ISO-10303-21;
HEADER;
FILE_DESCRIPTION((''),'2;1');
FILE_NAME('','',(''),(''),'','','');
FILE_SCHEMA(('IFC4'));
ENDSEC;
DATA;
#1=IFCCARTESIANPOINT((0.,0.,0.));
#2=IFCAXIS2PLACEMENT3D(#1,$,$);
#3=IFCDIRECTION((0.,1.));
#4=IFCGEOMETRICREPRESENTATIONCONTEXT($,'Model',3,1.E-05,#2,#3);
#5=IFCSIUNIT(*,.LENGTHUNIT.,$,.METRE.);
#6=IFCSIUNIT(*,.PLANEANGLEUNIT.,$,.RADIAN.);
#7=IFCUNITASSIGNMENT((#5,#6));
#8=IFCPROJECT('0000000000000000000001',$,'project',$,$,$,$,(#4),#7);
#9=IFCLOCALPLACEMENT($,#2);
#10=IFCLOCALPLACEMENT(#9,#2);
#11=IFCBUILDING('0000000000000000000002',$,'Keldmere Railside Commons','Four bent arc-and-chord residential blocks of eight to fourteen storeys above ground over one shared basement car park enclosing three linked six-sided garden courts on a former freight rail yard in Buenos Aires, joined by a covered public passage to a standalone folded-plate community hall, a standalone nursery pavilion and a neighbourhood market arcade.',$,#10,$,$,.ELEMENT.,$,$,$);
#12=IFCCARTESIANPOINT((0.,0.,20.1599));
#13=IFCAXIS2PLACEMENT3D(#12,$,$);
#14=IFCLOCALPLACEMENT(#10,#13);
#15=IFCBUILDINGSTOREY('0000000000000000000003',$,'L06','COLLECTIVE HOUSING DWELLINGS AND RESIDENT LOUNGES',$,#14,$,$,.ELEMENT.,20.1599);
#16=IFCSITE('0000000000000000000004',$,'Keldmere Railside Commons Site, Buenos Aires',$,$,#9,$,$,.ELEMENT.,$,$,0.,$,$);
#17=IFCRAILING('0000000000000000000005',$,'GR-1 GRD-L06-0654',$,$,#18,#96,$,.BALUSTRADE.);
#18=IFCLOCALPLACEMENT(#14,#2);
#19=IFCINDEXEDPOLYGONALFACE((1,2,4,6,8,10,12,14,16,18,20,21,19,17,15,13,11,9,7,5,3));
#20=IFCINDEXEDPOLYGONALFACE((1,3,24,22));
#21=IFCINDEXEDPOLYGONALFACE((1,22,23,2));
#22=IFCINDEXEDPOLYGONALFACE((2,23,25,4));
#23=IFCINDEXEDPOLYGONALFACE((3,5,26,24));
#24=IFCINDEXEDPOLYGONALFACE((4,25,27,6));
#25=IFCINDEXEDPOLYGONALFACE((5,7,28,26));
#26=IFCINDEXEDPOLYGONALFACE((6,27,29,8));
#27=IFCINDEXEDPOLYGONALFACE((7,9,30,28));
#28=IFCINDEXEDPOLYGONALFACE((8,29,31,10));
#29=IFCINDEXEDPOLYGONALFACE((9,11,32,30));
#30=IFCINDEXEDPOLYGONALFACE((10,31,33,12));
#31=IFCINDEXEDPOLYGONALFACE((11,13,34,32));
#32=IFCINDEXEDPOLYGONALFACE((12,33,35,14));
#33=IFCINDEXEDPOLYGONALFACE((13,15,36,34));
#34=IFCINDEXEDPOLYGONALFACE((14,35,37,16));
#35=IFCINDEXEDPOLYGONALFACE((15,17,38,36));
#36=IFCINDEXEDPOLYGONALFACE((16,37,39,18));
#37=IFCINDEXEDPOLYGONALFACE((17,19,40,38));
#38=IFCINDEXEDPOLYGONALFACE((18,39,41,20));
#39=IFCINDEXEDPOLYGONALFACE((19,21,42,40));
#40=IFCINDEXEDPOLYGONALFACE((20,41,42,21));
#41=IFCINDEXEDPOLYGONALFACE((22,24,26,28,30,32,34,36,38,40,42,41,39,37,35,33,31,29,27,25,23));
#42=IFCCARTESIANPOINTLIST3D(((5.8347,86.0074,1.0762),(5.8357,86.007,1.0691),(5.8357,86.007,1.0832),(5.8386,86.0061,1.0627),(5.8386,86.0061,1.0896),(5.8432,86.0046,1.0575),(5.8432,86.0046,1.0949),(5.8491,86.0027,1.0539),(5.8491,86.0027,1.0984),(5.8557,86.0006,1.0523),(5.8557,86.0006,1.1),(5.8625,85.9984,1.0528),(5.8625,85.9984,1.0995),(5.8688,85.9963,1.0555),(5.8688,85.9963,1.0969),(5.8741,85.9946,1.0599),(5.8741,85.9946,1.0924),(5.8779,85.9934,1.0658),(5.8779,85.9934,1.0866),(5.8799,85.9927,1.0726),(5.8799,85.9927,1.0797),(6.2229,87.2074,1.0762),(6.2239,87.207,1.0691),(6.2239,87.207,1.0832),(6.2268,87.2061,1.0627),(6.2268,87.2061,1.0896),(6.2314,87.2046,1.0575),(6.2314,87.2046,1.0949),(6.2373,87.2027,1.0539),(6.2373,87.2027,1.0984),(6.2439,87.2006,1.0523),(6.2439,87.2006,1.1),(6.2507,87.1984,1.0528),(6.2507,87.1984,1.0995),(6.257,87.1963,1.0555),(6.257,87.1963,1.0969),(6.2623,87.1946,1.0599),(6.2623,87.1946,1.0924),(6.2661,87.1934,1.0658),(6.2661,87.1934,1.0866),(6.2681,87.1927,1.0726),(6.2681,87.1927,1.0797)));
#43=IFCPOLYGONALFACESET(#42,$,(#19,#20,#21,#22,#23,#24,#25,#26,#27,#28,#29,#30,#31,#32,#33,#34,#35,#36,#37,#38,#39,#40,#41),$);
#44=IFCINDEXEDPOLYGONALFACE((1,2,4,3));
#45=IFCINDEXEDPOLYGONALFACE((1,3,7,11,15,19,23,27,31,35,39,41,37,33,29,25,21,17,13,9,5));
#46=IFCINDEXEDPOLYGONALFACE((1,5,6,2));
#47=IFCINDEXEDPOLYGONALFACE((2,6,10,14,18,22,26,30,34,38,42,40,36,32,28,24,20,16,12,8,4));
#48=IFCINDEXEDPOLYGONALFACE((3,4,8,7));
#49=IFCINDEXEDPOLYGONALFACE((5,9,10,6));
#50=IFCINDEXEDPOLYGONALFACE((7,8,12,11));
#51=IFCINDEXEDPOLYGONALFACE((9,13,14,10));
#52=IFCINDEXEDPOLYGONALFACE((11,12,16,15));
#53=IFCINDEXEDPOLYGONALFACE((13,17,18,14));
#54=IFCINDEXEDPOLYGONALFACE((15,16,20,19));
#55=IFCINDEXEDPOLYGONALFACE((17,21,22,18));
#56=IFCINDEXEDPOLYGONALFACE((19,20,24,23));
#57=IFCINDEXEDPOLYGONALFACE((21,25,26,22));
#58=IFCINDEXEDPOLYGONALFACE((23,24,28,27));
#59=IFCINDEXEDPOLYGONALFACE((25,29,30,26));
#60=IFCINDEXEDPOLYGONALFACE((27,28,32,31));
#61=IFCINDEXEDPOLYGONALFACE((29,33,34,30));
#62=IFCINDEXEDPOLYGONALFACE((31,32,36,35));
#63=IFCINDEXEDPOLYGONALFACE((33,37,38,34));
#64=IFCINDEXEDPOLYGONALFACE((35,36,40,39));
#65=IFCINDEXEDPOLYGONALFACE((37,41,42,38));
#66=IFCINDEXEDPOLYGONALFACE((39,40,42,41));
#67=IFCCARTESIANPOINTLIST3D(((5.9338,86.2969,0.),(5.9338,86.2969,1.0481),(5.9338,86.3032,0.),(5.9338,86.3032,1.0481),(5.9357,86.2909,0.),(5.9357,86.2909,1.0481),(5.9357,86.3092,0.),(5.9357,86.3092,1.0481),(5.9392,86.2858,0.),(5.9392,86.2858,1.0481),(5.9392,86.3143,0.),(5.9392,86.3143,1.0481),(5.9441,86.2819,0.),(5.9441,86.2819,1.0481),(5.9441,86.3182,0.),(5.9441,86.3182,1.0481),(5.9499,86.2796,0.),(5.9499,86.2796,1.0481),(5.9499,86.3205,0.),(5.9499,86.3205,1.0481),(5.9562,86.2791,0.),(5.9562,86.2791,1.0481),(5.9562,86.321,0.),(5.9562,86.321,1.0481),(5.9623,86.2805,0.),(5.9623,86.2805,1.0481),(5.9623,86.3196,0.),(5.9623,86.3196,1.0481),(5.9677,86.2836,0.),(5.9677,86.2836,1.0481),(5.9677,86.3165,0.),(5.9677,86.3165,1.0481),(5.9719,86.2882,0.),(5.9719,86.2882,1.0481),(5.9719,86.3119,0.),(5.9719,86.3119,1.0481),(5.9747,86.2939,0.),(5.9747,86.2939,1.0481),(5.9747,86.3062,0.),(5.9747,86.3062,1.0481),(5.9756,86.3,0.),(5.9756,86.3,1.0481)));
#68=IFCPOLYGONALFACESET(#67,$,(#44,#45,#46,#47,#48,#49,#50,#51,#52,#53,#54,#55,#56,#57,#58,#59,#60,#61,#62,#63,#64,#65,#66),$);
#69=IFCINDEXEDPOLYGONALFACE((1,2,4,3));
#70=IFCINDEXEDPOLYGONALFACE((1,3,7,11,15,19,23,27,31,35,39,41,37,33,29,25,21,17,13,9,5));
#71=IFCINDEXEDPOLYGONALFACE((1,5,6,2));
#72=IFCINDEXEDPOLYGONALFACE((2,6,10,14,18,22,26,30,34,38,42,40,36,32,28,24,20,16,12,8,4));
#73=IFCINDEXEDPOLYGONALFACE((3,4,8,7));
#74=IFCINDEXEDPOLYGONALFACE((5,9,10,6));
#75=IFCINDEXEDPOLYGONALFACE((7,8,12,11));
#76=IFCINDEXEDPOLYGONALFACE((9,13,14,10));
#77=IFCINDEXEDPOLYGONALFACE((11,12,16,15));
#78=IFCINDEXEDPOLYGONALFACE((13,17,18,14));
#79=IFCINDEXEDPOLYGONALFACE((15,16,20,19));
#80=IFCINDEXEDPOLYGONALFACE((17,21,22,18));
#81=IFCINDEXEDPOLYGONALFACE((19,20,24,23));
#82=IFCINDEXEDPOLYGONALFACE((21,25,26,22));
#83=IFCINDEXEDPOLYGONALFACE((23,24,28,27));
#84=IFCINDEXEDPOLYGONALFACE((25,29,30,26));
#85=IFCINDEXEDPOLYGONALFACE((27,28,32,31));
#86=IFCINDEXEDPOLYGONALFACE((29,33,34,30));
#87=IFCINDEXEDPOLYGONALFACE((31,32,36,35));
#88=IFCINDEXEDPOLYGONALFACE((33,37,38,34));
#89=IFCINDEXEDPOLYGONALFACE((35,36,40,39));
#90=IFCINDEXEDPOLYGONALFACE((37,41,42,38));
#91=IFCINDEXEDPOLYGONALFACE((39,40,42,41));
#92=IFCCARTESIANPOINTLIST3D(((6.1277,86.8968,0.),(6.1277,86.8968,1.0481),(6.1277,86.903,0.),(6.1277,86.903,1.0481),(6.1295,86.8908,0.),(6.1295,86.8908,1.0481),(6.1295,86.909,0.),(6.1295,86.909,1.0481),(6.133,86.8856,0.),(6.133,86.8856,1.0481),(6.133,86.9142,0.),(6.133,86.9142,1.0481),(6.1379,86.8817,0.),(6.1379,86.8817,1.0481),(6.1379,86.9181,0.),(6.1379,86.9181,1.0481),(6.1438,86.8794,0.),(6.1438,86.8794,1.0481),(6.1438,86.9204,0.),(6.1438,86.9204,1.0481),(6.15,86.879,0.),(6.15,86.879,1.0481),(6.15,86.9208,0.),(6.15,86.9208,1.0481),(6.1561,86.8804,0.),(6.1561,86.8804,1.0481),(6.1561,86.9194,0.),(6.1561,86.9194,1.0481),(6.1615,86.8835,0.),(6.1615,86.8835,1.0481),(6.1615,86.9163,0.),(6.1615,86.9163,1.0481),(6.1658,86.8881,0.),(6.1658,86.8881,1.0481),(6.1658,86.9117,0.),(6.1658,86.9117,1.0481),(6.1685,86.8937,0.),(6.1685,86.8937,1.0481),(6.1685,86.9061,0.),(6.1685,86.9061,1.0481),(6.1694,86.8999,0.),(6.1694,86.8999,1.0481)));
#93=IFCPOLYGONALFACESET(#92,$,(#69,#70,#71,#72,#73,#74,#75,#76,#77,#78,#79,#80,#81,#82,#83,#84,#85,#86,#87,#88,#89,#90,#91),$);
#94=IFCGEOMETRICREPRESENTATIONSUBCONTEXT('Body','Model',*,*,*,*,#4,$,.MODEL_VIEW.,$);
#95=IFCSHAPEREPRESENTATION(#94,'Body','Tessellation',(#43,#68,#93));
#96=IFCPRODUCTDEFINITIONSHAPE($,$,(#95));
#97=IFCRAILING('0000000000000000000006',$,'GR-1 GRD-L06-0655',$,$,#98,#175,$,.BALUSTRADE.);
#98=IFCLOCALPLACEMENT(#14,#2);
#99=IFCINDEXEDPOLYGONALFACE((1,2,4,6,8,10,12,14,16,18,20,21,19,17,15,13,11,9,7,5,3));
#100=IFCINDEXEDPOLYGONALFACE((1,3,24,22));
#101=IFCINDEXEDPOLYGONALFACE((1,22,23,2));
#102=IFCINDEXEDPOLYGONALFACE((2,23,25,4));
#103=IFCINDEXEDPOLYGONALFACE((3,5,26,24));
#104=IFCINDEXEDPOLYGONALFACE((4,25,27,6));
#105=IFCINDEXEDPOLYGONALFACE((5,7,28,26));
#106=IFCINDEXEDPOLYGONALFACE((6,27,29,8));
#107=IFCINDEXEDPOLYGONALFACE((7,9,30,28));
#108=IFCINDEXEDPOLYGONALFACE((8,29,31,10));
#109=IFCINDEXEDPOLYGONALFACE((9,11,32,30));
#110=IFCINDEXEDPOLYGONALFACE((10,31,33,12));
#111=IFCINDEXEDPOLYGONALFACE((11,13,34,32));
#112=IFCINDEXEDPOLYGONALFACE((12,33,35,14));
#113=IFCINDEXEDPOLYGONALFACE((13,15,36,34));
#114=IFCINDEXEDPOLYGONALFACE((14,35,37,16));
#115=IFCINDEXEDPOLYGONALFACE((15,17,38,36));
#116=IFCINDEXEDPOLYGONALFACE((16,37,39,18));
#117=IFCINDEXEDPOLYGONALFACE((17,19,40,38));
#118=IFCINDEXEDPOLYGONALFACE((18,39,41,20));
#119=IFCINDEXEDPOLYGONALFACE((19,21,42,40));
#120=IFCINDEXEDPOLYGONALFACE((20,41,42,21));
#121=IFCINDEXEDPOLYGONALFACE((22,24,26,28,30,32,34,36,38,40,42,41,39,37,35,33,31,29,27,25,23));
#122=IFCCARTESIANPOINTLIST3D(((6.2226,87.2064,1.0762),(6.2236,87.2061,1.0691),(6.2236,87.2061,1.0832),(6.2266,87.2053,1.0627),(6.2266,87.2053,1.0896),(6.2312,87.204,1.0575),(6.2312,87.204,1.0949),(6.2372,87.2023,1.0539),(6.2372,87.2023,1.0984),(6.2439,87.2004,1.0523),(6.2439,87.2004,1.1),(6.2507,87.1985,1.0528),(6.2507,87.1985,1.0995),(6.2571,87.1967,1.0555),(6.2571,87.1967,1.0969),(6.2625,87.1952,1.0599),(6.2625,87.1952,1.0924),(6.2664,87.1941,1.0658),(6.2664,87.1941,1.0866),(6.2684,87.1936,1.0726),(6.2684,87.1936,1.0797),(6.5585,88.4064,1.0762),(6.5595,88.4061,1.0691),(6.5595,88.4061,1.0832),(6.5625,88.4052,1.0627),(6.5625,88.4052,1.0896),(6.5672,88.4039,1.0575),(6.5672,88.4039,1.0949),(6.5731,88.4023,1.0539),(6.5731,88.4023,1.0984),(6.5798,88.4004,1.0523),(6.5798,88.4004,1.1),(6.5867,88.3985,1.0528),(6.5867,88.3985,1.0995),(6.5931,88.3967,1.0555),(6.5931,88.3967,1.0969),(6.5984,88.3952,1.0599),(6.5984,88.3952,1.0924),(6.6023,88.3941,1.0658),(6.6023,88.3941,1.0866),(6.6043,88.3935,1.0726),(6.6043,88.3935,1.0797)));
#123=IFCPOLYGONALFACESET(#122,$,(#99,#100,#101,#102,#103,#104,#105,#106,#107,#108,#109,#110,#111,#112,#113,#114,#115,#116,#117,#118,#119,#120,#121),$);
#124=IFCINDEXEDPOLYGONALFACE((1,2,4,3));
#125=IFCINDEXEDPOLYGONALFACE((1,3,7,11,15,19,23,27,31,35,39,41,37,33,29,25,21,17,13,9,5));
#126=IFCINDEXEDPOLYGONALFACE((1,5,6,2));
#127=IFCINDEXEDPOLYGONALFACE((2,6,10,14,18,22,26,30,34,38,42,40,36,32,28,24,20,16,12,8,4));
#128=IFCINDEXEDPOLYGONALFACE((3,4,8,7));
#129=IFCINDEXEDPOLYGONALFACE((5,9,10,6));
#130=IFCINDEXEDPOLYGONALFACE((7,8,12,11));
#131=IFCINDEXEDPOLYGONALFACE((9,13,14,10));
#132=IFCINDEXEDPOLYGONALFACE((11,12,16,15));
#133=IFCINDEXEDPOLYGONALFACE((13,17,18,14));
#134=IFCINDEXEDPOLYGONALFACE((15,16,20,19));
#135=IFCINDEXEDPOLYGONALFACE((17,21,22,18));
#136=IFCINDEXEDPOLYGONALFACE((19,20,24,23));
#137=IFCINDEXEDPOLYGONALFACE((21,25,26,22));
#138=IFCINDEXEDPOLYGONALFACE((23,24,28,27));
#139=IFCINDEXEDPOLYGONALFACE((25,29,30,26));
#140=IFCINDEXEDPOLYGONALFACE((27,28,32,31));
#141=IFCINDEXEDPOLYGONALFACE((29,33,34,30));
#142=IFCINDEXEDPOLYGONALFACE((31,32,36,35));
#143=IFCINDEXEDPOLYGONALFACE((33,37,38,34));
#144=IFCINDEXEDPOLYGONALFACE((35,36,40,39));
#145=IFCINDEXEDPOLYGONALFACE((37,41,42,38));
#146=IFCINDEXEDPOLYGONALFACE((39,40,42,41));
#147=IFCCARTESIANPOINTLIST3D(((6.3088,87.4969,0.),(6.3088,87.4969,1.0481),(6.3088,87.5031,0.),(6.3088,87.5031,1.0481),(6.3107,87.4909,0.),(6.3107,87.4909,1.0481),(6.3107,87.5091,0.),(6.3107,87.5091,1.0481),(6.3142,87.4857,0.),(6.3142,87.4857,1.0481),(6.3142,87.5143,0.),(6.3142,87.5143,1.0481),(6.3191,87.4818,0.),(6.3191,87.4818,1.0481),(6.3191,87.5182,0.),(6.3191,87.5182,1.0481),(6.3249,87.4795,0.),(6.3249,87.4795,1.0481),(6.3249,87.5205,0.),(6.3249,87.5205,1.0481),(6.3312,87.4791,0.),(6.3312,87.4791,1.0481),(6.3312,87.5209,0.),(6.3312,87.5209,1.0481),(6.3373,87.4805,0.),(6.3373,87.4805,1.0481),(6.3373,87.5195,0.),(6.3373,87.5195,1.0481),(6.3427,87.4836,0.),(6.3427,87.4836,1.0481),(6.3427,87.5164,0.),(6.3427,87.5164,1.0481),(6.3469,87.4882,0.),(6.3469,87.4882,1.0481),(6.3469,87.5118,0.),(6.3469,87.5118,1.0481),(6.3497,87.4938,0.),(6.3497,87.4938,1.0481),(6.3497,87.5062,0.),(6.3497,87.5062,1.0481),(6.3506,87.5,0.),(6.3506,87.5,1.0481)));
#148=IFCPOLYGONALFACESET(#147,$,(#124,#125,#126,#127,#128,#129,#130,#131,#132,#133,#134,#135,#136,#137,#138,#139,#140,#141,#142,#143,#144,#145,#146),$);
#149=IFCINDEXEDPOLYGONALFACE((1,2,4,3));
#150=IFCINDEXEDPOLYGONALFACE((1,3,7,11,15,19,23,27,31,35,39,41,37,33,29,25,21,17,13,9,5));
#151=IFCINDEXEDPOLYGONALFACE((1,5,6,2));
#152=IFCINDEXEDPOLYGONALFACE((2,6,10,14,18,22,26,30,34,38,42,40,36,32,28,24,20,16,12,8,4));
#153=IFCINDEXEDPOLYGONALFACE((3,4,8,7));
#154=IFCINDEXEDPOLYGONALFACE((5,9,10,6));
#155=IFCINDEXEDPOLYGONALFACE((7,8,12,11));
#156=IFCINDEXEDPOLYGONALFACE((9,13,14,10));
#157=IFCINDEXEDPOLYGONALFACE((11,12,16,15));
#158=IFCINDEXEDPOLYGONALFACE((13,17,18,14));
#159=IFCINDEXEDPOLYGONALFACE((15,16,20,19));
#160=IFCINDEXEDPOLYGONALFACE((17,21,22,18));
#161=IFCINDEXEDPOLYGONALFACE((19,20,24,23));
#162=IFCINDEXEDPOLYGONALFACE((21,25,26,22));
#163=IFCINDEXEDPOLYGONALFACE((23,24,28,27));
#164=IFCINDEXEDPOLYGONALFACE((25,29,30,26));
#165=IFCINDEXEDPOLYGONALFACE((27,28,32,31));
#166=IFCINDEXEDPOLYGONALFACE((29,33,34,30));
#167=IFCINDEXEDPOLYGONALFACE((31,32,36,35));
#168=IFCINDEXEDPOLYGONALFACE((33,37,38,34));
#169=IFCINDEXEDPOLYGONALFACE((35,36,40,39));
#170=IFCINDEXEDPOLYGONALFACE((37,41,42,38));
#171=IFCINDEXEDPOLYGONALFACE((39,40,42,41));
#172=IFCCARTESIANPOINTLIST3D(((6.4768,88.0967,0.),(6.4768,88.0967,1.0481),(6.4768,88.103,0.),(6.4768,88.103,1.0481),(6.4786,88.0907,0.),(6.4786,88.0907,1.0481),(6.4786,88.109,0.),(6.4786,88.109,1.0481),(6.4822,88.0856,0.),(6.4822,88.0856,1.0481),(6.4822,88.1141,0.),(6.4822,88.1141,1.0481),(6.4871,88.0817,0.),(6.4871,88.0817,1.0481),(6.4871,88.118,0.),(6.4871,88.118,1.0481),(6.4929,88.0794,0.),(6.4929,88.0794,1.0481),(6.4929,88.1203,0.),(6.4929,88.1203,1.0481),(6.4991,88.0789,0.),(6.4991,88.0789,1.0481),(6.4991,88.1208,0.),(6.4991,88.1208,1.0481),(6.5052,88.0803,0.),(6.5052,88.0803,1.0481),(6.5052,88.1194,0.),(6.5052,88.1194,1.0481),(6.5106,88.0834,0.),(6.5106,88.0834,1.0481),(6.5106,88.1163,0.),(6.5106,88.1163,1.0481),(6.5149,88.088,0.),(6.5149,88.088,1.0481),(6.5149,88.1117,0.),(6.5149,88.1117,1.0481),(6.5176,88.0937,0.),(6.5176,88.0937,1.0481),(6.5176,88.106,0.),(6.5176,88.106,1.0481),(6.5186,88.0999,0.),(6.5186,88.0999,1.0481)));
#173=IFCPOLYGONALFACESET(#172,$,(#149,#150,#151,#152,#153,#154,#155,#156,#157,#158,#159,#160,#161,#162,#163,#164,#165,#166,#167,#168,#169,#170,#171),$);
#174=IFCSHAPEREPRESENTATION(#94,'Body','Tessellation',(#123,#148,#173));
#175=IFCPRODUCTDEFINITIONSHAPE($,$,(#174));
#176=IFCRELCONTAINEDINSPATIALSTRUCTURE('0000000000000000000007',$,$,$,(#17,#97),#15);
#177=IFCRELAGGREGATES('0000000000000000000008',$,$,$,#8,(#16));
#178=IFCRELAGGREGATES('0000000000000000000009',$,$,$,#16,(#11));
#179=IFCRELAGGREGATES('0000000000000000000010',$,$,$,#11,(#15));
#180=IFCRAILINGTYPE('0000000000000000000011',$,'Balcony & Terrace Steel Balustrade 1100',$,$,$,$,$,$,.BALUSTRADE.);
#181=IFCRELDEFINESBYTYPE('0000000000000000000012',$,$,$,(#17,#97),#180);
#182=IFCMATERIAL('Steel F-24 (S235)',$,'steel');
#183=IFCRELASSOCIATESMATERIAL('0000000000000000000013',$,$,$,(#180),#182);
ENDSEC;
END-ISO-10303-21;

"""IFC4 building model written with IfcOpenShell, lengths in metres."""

from ifc_helpers import new_model, si_unit, direction, frame, origin, origin_2d, place, context, subcontext, project, spatial, circle, extrude, material, type_object, element, save


model = new_model("IFC4")

# Units and contexts
model_context = context("Model", 3, precision=1e-05, world=origin(), true_north=direction((0.0, 1.0)))
body_context = subcontext(model_context, "Body", "Model", "MODEL_VIEW")
ifc_project = project(units=[si_unit("LENGTHUNIT", "METRE"), si_unit("PLANEANGLEUNIT", "RADIAN")], contexts=[model_context])

# Site, building, storey
site_placement = place(None, origin())
site = spatial("IfcSite", under=ifc_project, at=site_placement, Name="Keldmere Railside Commons Site, Buenos Aires", CompositionType="ELEMENT", RefElevation=0.0)
building_placement = place(site_placement, origin())
building = spatial("IfcBuilding", under=site, at=building_placement, Name="Keldmere Railside Commons", Description="Four bent arc-and-chord residential blocks of eight to fourteen storeys above ground over one shared basement car park enclosing three linked six-sided garden courts on a former freight rail yard in Buenos Aires, joined by a covered public passage to a standalone folded-plate community hall, a standalone nursery pavilion and a neighbourhood market arcade.", CompositionType="ELEMENT")
storey_placement = place(building_placement, frame((0.0, 0.0, 20.1599)))
storey = spatial("IfcBuildingStorey", under=building, at=storey_placement, Name="L06", Description="COLLECTIVE HOUSING DWELLINGS AND RESIDENT LOUNGES", CompositionType="ELEMENT", Elevation=20.1599)

# Shared definitions
ifc_material_1 = material(Name="Steel F-24 (S235)", Category="steel")

# Railings
railing_type = type_object("IfcRailingType", Name="Balcony & Terrace Steel Balustrade 1100", PredefinedType="BALUSTRADE", material=ifc_material_1)
railing_1_placement = place(storey_placement, frame((5.8574, 86.0, 0.0)))
element("IfcRailing", 1, at=railing_1_placement, inside=storey, type_object=railing_type, Name="GR-1 GRD-L06-0654", PredefinedType="BALUSTRADE", context=body_context, shape_type="SweptSolid", body=[
    extrude(circle(Radius=0.0239, at=origin_2d()), frame((0.0, 0.0, 1.0762), z_axis=(0.307795, 0.951453, 0.0), x_axis=(-0.951453, 0.307795, 0.0)), (0.0, 0.0, 1.0), 1.2612),
    extrude(circle(Radius=0.021, at=origin_2d()), frame((0.0972, 0.3, 0.0)), (0.0, 0.0, 1.0), 1.0481),
    extrude(circle(Radius=0.021, at=origin_2d()), frame((0.291, 0.8999, 0.0)), (0.0, 0.0, 1.0), 1.0481),
])
railing_2_placement = place(storey_placement, frame((6.2456, 87.2, 0.0)))
element("IfcRailing", 2, at=railing_2_placement, inside=storey, type_object=railing_type, Name="GR-1 GRD-L06-0655", PredefinedType="BALUSTRADE", context=body_context, shape_type="SweptSolid", body=[
    extrude(circle(Radius=0.0239, at=origin_2d()), frame((0.0, 0.0, 1.0762), z_axis=(0.269594, 0.962974, 0.0), x_axis=(-0.962974, 0.269594, 0.0)), (0.0, 0.0, 1.0), 1.2461),
    extrude(circle(Radius=0.021, at=origin_2d()), frame((0.084, 0.3, 0.0)), (0.0, 0.0, 1.0), 1.0481),
    extrude(circle(Radius=0.021, at=origin_2d()), frame((0.252, 0.8999, 0.0)), (0.0, 0.0, 1.0), 1.0481),
])

save(model, "model.ifc")
